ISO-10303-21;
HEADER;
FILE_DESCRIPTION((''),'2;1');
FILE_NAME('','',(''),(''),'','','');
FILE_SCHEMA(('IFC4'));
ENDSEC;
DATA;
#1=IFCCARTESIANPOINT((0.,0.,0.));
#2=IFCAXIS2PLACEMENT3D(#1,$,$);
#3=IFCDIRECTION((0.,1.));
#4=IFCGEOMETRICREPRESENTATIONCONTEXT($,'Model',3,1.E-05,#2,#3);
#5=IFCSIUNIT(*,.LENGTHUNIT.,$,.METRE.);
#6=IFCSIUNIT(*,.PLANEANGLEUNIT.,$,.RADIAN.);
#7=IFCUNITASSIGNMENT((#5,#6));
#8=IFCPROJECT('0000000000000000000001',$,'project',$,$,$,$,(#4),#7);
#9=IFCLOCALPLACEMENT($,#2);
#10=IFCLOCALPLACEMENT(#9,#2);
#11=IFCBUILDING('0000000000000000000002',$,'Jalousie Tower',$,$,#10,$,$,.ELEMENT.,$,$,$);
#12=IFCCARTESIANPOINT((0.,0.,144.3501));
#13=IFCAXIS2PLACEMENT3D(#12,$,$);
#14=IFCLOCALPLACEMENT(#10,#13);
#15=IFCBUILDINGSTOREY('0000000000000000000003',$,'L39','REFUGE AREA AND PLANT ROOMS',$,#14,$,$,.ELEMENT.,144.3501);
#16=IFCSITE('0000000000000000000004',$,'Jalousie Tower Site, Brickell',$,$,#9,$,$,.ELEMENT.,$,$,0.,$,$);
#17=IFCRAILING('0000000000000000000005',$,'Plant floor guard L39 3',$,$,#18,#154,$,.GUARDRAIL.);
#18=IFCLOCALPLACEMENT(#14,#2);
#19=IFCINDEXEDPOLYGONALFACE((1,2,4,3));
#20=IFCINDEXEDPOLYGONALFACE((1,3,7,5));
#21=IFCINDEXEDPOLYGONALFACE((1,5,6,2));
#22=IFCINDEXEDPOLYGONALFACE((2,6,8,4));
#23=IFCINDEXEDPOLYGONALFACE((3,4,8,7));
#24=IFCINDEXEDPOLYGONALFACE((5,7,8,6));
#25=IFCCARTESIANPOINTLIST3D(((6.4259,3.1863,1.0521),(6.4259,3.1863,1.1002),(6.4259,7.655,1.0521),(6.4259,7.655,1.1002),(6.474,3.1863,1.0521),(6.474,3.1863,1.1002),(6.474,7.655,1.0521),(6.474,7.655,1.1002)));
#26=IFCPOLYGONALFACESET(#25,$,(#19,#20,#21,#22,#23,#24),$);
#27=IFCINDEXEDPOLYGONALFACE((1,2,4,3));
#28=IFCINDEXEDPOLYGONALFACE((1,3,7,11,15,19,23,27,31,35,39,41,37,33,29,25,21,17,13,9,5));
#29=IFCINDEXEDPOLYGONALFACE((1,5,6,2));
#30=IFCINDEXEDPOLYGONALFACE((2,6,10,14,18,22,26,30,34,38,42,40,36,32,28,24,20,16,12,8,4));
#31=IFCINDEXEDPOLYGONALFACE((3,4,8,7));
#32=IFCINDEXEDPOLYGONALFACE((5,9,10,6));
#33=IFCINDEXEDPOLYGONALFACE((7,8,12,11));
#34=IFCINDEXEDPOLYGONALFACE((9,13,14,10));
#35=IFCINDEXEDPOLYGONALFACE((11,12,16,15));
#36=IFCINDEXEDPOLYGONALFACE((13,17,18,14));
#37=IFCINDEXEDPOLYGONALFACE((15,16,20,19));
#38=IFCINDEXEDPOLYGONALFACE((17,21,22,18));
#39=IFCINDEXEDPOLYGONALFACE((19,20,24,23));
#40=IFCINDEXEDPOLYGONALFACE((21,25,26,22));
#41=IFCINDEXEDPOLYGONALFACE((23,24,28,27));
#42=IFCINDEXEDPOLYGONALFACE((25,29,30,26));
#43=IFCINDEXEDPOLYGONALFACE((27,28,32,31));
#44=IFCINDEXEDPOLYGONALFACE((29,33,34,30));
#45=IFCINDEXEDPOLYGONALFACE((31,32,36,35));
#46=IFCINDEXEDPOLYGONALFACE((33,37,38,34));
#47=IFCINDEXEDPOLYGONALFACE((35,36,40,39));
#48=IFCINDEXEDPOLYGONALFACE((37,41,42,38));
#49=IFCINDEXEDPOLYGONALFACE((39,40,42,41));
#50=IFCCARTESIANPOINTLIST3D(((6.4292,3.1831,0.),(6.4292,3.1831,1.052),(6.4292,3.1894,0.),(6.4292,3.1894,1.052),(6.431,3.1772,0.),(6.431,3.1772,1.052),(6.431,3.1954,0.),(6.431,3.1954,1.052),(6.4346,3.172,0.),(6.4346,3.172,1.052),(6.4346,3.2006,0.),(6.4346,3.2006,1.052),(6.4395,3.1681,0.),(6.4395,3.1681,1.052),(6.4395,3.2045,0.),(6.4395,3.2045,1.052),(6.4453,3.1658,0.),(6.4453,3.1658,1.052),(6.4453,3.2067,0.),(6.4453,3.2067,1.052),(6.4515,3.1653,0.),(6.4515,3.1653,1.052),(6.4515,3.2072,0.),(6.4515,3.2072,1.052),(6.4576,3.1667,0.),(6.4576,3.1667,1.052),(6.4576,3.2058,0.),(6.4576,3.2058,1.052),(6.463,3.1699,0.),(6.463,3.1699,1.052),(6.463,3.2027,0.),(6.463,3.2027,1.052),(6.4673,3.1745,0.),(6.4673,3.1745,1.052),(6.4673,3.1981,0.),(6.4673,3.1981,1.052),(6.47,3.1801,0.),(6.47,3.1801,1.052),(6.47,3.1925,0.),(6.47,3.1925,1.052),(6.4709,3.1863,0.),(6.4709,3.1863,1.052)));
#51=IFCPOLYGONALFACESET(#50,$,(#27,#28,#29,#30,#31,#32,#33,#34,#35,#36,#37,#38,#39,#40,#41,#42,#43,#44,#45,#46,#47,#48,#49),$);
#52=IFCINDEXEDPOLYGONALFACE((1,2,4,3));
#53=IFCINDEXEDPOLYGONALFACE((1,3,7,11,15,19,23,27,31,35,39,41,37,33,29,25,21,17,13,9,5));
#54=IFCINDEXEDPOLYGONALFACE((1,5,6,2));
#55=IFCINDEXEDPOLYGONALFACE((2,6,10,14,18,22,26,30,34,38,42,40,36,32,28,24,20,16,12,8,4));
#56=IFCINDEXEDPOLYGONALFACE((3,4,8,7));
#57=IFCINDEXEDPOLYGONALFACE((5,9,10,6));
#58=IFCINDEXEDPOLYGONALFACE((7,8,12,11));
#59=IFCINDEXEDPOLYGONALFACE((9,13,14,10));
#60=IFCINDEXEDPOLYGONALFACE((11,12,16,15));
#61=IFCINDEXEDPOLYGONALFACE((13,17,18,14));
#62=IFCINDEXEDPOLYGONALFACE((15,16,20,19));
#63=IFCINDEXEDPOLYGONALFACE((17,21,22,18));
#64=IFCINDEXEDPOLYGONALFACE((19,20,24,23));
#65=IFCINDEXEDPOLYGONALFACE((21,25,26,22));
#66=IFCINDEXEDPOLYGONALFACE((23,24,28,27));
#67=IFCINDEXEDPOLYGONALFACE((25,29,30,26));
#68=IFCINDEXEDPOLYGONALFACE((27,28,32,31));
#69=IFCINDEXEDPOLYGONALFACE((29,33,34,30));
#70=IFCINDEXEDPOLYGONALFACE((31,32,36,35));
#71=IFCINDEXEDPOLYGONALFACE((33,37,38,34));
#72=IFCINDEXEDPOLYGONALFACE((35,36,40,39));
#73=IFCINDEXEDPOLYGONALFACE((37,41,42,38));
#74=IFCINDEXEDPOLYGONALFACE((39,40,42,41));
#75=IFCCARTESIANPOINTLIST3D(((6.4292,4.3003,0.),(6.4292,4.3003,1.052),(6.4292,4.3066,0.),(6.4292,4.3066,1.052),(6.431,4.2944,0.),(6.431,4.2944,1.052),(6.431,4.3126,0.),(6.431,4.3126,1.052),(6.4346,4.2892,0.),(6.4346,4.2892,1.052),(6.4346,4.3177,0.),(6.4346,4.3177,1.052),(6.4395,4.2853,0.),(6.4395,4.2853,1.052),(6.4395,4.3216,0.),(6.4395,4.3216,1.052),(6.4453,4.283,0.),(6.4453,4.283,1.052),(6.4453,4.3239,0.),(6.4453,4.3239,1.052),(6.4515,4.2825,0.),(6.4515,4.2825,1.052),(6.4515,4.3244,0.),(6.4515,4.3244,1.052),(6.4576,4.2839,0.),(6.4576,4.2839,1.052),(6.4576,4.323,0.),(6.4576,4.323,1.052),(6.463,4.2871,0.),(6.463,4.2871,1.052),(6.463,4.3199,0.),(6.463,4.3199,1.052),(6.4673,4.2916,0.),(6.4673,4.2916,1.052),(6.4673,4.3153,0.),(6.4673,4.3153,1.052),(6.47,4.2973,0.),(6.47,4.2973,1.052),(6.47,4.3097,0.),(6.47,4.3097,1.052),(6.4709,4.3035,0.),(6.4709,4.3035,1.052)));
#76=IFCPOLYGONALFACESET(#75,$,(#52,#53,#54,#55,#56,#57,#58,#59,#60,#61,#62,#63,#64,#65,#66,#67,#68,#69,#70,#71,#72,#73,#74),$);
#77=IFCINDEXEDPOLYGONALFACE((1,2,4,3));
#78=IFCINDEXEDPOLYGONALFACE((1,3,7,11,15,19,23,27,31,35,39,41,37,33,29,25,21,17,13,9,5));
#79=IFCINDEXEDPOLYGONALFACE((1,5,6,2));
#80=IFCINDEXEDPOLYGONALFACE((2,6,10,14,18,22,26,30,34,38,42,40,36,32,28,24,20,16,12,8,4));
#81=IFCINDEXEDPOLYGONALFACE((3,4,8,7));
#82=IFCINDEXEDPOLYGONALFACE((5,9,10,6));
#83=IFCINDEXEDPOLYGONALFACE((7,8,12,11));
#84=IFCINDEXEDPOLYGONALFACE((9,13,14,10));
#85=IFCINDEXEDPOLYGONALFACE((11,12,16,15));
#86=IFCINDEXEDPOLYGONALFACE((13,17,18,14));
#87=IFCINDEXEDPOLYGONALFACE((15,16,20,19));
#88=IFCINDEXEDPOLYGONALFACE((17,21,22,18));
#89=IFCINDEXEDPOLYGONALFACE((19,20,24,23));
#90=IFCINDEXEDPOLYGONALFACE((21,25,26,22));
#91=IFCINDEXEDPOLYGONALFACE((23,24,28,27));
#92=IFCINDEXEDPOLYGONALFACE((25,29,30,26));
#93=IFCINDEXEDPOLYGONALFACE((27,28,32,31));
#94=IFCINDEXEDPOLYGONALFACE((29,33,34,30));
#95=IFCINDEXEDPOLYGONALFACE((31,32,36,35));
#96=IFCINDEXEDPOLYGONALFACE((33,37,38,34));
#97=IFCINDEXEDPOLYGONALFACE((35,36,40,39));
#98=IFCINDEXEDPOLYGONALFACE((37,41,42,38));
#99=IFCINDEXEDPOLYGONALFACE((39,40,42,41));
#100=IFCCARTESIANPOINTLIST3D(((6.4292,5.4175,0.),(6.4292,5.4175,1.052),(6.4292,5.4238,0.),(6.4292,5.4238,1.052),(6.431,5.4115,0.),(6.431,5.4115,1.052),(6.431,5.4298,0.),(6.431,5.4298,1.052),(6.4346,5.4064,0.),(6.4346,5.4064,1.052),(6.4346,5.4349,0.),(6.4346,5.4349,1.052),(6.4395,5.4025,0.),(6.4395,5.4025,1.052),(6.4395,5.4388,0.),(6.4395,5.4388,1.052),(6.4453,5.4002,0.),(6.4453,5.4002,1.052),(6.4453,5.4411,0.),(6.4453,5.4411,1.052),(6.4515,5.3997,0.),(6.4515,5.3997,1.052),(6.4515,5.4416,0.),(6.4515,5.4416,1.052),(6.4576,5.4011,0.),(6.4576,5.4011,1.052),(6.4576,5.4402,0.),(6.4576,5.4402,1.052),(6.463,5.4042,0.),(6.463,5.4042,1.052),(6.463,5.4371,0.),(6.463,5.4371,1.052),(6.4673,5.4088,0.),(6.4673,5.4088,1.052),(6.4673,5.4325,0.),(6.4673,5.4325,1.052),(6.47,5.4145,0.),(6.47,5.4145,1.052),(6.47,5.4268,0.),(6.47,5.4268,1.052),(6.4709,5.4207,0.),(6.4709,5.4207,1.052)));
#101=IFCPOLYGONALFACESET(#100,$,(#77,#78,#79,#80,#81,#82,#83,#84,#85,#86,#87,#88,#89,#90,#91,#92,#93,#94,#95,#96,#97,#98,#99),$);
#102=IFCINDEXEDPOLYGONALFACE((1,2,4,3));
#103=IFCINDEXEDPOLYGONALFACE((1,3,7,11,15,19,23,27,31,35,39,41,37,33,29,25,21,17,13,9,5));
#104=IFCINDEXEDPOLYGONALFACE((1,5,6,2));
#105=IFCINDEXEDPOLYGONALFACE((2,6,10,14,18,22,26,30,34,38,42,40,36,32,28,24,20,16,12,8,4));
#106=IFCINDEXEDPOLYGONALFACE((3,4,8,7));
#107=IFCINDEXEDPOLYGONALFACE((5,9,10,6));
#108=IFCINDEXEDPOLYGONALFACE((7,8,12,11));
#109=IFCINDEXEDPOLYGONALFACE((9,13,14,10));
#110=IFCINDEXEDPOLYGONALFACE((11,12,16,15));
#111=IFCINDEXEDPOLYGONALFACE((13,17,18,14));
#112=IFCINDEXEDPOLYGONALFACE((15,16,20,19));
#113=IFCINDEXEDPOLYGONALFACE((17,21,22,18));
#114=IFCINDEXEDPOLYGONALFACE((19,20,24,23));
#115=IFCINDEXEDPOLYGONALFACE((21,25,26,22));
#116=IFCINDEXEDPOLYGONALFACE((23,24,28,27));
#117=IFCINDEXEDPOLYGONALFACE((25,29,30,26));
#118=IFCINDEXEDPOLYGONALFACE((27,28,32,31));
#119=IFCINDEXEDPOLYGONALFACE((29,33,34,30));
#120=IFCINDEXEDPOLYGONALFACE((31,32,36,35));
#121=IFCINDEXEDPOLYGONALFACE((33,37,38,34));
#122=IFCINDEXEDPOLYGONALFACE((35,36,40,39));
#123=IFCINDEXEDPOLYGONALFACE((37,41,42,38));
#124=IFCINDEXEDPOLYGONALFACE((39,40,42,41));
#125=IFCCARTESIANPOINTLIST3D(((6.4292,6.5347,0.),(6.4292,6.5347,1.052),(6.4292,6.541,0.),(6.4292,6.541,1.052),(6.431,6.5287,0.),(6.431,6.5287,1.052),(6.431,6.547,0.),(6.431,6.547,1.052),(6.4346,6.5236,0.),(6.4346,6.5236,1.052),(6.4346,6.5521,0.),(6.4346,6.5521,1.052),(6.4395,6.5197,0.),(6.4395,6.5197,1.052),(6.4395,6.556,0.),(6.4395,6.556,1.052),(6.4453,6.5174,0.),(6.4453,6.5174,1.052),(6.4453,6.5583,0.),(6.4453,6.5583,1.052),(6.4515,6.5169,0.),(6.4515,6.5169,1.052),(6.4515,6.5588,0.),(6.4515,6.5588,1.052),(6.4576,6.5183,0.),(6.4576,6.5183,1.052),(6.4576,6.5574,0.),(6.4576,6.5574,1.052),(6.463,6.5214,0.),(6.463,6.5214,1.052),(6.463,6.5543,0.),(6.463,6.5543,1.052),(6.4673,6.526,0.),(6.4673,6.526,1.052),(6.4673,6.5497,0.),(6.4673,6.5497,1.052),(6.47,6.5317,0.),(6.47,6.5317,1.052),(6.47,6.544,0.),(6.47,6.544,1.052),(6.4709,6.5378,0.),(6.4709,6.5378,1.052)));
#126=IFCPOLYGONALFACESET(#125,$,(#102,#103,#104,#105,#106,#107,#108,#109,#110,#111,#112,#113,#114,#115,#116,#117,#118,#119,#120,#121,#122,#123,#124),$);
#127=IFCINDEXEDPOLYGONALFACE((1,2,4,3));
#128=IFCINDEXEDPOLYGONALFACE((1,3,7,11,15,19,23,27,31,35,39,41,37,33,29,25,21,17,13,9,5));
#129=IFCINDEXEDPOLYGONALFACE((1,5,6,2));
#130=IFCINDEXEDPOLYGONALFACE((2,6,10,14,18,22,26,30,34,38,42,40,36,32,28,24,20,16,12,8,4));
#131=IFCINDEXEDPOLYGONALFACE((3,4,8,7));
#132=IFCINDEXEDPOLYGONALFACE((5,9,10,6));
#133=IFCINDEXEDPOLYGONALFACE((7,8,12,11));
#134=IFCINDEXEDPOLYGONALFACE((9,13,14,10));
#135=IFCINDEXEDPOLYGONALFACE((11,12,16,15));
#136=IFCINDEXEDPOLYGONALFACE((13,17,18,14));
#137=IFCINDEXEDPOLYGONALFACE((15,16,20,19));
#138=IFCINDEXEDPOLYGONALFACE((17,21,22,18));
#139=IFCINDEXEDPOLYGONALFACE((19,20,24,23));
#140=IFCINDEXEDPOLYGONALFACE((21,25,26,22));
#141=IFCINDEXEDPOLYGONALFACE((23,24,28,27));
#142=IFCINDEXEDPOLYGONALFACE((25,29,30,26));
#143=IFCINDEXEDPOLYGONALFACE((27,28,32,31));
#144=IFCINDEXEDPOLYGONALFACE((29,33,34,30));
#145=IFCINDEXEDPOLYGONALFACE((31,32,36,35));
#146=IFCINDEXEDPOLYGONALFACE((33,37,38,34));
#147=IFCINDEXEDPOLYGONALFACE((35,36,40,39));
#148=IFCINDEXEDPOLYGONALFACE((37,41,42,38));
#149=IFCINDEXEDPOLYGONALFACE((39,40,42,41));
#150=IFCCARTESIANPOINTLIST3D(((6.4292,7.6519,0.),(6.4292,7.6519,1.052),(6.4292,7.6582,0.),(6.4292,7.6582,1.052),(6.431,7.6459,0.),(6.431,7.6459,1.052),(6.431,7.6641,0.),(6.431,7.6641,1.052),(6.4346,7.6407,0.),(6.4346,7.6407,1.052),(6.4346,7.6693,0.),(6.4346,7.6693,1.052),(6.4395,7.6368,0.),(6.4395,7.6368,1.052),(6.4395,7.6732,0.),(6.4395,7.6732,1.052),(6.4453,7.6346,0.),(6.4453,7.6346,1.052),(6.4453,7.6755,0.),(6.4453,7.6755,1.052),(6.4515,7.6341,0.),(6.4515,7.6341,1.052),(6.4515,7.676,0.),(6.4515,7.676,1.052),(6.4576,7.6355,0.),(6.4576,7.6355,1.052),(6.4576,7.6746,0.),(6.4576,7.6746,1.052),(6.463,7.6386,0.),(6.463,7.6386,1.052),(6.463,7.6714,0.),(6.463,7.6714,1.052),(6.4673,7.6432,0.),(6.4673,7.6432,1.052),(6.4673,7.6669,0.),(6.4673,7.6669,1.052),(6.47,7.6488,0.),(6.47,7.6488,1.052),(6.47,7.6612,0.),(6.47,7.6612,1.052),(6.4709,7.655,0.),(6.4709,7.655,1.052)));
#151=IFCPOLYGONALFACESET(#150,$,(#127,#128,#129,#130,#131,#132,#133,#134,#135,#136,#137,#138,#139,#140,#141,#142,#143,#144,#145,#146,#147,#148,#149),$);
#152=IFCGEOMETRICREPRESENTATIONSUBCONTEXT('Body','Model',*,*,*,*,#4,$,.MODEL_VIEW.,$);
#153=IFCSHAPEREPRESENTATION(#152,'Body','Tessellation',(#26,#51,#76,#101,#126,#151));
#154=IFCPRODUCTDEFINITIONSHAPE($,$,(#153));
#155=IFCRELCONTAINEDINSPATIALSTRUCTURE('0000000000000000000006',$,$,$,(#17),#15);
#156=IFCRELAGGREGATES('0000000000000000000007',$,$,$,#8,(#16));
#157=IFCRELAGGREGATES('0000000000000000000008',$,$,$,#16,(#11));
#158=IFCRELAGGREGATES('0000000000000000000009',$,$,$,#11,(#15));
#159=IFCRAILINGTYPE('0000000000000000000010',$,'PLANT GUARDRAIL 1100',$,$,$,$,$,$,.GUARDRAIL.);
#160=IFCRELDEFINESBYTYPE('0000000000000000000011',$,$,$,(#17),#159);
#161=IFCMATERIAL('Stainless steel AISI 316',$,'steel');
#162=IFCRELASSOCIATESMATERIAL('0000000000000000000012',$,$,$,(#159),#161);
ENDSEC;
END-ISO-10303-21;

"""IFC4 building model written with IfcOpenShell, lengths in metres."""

from ifc_helpers import new_model, si_unit, direction, frame, origin, origin_2d, place, context, subcontext, project, spatial, rectangle, circle, extrude, material, type_object, element, save


model = new_model("IFC4")

# Units and contexts
model_context = context("Model", 3, precision=1e-05, world=origin(), true_north=direction((0.0, 1.0)))
body_context = subcontext(model_context, "Body", "Model", "MODEL_VIEW")
ifc_project = project(units=[si_unit("LENGTHUNIT", "METRE"), si_unit("PLANEANGLEUNIT", "RADIAN")], contexts=[model_context])

# Site, building, storey
site_placement = place(None, origin())
site = spatial("IfcSite", under=ifc_project, at=site_placement, Name="Jalousie Tower Site, Brickell", CompositionType="ELEMENT", RefElevation=0.0)
building_placement = place(site_placement, origin())
building = spatial("IfcBuilding", under=site, at=building_placement, Name="Jalousie Tower", CompositionType="ELEMENT")
storey_placement = place(building_placement, frame((0.0, 0.0, 144.3501)))
storey = spatial("IfcBuildingStorey", under=building, at=storey_placement, Name="L39", Description="REFUGE AREA AND PLANT ROOMS", CompositionType="ELEMENT", Elevation=144.3501)

# Railing
ifc_material_1 = material(Name="Stainless steel AISI 316", Category="steel")
railing_type = type_object("IfcRailingType", Name="PLANT GUARDRAIL 1100", PredefinedType="GUARDRAIL", material=ifc_material_1)
railing_1_placement = place(storey_placement, frame((6.45, 3.1863, 0.0)))
element("IfcRailing", 1, at=railing_1_placement, inside=storey, type_object=railing_type, Name="Plant floor guard L39 3", PredefinedType="GUARDRAIL", context=body_context, shape_type="SweptSolid", body=[
    extrude(rectangle(XDim=0.0481, YDim=0.0481, at=origin_2d()), frame((0.0, 0.0, 1.0762), z_axis=(0.0, 1.0, 0.0), x_axis=(-1.0, 0.0, 0.0)), (0.0, 0.0, 1.0), 4.4688),
    extrude(circle(Radius=0.021, at=origin_2d()), origin(), (0.0, 0.0, 1.0), 1.052),
    extrude(circle(Radius=0.021, at=origin_2d()), frame((0.0, 1.1172, 0.0)), (0.0, 0.0, 1.0), 1.052),
    extrude(circle(Radius=0.021, at=origin_2d()), frame((0.0, 2.2344, 0.0)), (0.0, 0.0, 1.0), 1.052),
    extrude(circle(Radius=0.021, at=origin_2d()), frame((0.0, 3.3516, 0.0)), (0.0, 0.0, 1.0), 1.052),
    extrude(circle(Radius=0.021, at=origin_2d()), frame((0.0, 4.4688, 0.0)), (0.0, 0.0, 1.0), 1.052),
])

save(model, "model.ifc")
